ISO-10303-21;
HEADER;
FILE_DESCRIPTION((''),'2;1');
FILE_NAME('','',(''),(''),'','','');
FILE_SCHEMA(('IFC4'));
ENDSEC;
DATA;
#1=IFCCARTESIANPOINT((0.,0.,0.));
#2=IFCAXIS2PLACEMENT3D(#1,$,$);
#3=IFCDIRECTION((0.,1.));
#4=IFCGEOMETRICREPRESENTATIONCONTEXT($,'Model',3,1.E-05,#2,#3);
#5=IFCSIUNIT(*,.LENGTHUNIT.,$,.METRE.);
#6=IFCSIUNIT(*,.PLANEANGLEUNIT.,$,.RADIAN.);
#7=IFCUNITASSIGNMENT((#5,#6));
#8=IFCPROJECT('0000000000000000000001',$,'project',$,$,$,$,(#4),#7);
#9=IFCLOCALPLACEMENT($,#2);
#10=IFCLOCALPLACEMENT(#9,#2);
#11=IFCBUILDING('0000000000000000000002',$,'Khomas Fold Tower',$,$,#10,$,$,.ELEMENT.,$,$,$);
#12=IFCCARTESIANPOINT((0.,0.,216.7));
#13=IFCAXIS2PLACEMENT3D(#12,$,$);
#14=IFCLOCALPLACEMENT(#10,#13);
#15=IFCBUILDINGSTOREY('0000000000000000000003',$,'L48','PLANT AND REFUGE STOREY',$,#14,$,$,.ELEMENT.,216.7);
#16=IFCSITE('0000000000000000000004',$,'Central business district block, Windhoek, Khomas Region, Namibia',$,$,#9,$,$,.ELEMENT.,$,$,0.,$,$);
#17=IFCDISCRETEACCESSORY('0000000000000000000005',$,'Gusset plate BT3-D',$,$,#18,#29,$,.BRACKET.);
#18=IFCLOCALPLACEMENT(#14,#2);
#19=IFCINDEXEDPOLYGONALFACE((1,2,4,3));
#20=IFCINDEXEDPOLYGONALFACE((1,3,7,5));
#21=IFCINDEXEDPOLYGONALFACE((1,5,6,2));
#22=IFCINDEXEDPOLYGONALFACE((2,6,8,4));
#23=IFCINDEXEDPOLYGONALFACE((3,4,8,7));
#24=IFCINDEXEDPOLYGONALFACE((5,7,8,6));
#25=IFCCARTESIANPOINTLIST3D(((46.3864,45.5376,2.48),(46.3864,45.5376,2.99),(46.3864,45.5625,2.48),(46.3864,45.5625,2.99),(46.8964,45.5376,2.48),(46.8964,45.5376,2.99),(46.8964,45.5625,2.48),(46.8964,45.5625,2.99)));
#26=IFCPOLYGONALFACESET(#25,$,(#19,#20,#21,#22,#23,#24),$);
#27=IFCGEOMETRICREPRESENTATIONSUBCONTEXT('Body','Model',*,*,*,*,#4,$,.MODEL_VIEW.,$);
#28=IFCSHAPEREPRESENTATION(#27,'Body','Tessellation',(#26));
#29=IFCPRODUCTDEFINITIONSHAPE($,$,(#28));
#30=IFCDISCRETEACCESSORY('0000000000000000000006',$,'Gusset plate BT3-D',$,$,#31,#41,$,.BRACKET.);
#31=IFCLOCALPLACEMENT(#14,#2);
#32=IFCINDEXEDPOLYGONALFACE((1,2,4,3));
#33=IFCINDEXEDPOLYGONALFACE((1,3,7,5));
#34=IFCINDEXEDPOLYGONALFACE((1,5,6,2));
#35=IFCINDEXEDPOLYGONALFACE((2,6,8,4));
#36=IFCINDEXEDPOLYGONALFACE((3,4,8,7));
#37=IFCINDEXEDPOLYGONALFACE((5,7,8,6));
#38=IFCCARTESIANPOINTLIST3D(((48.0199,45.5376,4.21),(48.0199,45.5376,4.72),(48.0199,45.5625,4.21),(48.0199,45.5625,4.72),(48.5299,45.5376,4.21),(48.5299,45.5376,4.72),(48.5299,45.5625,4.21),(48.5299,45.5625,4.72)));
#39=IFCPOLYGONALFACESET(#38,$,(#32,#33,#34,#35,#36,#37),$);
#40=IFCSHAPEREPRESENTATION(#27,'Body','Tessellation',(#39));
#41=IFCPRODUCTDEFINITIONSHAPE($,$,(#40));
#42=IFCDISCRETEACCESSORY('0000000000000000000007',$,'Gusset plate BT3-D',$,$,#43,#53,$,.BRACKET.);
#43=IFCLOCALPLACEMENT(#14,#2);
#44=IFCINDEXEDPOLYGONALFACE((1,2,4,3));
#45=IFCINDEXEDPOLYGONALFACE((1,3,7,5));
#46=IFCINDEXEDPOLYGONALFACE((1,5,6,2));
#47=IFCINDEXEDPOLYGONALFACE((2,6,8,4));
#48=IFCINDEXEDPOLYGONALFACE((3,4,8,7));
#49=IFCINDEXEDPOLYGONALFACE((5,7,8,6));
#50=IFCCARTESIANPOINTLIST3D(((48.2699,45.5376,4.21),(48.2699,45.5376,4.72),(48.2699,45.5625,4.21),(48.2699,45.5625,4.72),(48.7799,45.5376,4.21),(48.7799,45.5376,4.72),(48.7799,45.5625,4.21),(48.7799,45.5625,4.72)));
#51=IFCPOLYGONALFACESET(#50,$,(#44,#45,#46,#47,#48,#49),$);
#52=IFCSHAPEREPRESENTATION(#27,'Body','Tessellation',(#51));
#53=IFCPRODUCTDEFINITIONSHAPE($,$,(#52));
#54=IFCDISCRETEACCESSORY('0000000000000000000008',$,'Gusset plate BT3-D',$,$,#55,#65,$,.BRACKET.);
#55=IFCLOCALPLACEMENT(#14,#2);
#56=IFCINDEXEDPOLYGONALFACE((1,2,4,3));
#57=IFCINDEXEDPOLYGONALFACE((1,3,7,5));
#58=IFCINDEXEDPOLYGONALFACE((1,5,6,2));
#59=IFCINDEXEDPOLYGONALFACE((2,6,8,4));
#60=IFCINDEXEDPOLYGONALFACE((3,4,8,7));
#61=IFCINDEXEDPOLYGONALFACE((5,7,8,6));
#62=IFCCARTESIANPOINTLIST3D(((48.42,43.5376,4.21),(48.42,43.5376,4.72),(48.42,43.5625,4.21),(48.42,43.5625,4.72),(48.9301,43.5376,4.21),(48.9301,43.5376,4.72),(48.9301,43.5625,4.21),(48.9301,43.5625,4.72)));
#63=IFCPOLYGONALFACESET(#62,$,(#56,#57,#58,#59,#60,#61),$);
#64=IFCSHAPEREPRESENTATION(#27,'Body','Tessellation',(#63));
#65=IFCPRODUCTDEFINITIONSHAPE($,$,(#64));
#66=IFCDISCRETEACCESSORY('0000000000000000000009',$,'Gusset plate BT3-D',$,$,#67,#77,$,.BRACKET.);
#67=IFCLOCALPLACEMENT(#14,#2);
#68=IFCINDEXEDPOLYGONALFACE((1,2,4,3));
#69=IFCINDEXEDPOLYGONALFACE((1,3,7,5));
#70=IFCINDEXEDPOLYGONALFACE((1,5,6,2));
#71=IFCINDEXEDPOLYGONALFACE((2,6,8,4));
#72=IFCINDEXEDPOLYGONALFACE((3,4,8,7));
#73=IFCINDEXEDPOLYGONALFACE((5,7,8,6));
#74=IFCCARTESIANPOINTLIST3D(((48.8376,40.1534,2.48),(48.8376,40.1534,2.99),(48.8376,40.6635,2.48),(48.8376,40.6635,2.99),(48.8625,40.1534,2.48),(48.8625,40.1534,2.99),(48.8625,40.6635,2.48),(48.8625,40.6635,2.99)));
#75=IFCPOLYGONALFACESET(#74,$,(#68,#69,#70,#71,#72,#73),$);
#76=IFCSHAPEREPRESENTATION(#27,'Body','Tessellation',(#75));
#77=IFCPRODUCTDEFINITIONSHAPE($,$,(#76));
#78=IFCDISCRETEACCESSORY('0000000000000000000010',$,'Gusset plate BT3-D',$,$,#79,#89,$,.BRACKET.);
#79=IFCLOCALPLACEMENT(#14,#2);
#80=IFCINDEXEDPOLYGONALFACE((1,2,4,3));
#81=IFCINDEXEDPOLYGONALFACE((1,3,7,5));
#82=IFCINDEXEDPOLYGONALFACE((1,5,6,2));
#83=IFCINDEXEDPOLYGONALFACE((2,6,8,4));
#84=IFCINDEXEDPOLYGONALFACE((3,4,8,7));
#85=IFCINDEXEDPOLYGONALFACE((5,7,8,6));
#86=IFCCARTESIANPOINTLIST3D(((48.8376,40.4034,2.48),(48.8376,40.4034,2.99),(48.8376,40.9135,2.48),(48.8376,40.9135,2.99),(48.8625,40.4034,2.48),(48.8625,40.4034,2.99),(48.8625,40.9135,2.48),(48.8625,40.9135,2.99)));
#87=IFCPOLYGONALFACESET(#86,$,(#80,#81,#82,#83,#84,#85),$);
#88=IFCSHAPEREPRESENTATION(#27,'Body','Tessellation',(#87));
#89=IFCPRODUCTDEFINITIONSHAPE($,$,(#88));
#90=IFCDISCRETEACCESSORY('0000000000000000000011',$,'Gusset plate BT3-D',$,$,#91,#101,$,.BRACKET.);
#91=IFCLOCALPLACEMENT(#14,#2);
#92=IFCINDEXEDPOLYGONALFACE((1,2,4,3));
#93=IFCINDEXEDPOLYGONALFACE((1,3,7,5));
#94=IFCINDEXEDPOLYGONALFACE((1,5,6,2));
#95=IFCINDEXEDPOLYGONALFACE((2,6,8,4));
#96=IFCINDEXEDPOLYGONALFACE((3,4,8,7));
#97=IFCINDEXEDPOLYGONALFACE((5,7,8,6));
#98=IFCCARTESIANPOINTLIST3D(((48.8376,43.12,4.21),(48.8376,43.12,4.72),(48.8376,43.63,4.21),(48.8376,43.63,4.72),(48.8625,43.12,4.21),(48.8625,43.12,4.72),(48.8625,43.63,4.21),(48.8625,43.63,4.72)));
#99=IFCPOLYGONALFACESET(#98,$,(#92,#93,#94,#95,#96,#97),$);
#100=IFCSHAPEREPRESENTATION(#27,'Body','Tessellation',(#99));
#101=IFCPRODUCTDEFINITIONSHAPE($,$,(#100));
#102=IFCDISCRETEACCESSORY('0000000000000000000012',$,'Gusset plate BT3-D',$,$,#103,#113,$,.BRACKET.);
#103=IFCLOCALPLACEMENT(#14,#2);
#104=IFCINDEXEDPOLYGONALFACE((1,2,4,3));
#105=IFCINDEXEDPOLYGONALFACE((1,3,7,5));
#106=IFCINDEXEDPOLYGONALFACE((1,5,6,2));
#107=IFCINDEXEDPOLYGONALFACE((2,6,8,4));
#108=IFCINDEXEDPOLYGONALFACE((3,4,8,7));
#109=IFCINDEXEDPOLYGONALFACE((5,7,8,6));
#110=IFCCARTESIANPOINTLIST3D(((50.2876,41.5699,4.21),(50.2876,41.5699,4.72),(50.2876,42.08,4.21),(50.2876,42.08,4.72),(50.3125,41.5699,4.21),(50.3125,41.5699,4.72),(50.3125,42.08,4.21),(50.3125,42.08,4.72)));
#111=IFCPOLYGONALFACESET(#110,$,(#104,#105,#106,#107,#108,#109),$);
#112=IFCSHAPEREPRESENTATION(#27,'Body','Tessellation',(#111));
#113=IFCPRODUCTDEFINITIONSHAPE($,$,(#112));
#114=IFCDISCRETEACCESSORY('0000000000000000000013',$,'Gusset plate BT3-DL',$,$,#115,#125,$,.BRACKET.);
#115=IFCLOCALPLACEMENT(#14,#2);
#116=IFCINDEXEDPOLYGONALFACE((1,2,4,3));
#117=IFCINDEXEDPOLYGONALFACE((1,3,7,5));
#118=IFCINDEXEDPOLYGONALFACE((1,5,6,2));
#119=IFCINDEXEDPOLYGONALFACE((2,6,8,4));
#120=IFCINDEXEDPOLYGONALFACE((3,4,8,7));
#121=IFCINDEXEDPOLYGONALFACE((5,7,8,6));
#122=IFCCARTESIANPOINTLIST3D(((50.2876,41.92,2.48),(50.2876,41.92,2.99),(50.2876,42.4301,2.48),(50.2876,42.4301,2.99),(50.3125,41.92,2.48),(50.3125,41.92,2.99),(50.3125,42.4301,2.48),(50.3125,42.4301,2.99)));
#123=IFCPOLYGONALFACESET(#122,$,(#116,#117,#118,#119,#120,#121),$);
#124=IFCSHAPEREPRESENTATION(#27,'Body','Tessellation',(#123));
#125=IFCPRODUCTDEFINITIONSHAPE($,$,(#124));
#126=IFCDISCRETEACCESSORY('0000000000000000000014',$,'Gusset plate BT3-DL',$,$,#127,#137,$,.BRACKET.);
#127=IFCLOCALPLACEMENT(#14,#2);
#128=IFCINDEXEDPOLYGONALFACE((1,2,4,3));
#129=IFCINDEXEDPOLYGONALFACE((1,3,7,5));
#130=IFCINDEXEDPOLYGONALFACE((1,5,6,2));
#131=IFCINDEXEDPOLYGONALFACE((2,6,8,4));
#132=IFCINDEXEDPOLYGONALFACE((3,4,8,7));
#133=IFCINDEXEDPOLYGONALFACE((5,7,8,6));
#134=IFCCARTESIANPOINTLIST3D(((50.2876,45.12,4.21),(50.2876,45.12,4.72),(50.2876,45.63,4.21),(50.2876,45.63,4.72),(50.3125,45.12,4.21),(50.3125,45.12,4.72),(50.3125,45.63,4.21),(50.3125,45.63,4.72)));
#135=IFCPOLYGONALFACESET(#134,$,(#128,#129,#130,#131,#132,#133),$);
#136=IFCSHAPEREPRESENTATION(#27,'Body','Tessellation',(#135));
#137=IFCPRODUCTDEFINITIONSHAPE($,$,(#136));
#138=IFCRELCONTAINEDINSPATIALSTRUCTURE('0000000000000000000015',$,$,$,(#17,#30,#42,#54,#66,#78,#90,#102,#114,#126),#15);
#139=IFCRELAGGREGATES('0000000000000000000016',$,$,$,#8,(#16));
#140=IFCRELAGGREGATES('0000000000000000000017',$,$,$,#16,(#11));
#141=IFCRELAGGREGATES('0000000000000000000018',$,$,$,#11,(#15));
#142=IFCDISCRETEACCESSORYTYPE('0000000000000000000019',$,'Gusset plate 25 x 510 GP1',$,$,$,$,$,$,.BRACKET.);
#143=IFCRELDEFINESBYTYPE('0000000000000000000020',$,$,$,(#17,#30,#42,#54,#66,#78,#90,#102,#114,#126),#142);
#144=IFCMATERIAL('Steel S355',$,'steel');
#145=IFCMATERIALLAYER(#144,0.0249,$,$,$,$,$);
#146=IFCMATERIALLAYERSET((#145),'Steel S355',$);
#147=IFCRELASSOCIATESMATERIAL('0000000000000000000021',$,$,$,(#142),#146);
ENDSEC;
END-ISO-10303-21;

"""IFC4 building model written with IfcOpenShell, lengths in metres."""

from ifc_helpers import new_model, si_unit, direction, frame, origin, origin_2d, place, context, subcontext, project, spatial, rectangle, extrude, source, transform, mapped, material, layer, layer_set, type_object, element, save


model = new_model("IFC4")

# Units and contexts
model_context = context("Model", 3, precision=1e-05, world=origin(), true_north=direction((0.0, 1.0)))
body_context = subcontext(model_context, "Body", "Model", "MODEL_VIEW")
ifc_project = project(units=[si_unit("LENGTHUNIT", "METRE"), si_unit("PLANEANGLEUNIT", "RADIAN")], contexts=[model_context])

# Site, building, storey
site_placement = place(None, origin())
site = spatial("IfcSite", under=ifc_project, at=site_placement, Name="Central business district block, Windhoek, Khomas Region, Namibia", CompositionType="ELEMENT", RefElevation=0.0)
building_placement = place(site_placement, origin())
building = spatial("IfcBuilding", under=site, at=building_placement, Name="Khomas Fold Tower", CompositionType="ELEMENT")
storey_placement = place(building_placement, frame((0.0, 0.0, 216.7)))
storey = spatial("IfcBuildingStorey", under=building, at=storey_placement, Name="L48", Description="PLANT AND REFUGE STOREY", CompositionType="ELEMENT", Elevation=216.7)

# Discrete accessories
ifc_material_1 = material(Name="Steel S355", Category="steel")
ifc_layer_1 = layer(ifc_material_1, 0.0249)
ifc_layer_set_1 = layer_set([ifc_layer_1], Name="Steel S355")
discrete_accessory_type = type_object("IfcDiscreteAccessoryType", Name="Gusset plate 25 x 510 GP1", PredefinedType="BRACKET", material=ifc_layer_set_1)
shared_shape_1 = source(origin(), body_context, "Body", "SweptSolid", [
    extrude(rectangle(XDim=0.51, YDim=0.0249, at=origin_2d()), origin(), (0.0, 0.0, 1.0), 0.51),
])
for number, where, z_axis, x_axis, name in (
    (1, (46.6414, 45.55, 2.48), (0.0, 0.0, 1.0), (1.0, 0.0, 0.0), "Gusset plate BT3-D"),
    (2, (48.2749, 45.55, 4.21), (0.0, 0.0, 1.0), (1.0, 0.0, 0.0), "Gusset plate BT3-D"),
    (3, (48.5249, 45.55, 4.21), (0.0, 0.0, 1.0), (1.0, 0.0, 0.0), "Gusset plate BT3-D"),
    (4, (48.675, 43.55, 4.21), (0.0, 0.0, 1.0), (1.0, 0.0, 0.0), "Gusset plate BT3-D"),
    (5, (48.8501, 40.4084, 2.48), (0.0, 0.0, 1.0), (0.0, 1.0, 0.0), "Gusset plate BT3-D"),
    (6, (48.8501, 40.6584, 2.48), (0.0, 0.0, 1.0), (0.0, 1.0, 0.0), "Gusset plate BT3-D"),
    (7, (48.8501, 43.375, 4.21), (0.0, 0.0, 1.0), (0.0, 1.0, 0.0), "Gusset plate BT3-D"),
    (8, (50.3, 41.825, 4.21), (0.0, 0.0, 1.0), (0.0, 1.0, 0.0), "Gusset plate BT3-D"),
    (9, (50.3, 42.175, 2.48), (0.0, 0.0, 1.0), (0.0, 1.0, 0.0), "Gusset plate BT3-DL"),
    (10, (50.3, 45.375, 4.21), (0.0, 0.0, 1.0), (0.0, 1.0, 0.0), "Gusset plate BT3-DL"),
):
    element("IfcDiscreteAccessory", number, at=place(storey_placement, frame(where, z_axis=z_axis, x_axis=x_axis)), inside=storey, type_object=discrete_accessory_type, Name=name, PredefinedType="BRACKET", context=body_context, shape_type="MappedRepresentation", body=[
        mapped(shared_shape_1, transform((0.0, 0.0, 0.0))),
    ])

save(model, "model.ifc")
